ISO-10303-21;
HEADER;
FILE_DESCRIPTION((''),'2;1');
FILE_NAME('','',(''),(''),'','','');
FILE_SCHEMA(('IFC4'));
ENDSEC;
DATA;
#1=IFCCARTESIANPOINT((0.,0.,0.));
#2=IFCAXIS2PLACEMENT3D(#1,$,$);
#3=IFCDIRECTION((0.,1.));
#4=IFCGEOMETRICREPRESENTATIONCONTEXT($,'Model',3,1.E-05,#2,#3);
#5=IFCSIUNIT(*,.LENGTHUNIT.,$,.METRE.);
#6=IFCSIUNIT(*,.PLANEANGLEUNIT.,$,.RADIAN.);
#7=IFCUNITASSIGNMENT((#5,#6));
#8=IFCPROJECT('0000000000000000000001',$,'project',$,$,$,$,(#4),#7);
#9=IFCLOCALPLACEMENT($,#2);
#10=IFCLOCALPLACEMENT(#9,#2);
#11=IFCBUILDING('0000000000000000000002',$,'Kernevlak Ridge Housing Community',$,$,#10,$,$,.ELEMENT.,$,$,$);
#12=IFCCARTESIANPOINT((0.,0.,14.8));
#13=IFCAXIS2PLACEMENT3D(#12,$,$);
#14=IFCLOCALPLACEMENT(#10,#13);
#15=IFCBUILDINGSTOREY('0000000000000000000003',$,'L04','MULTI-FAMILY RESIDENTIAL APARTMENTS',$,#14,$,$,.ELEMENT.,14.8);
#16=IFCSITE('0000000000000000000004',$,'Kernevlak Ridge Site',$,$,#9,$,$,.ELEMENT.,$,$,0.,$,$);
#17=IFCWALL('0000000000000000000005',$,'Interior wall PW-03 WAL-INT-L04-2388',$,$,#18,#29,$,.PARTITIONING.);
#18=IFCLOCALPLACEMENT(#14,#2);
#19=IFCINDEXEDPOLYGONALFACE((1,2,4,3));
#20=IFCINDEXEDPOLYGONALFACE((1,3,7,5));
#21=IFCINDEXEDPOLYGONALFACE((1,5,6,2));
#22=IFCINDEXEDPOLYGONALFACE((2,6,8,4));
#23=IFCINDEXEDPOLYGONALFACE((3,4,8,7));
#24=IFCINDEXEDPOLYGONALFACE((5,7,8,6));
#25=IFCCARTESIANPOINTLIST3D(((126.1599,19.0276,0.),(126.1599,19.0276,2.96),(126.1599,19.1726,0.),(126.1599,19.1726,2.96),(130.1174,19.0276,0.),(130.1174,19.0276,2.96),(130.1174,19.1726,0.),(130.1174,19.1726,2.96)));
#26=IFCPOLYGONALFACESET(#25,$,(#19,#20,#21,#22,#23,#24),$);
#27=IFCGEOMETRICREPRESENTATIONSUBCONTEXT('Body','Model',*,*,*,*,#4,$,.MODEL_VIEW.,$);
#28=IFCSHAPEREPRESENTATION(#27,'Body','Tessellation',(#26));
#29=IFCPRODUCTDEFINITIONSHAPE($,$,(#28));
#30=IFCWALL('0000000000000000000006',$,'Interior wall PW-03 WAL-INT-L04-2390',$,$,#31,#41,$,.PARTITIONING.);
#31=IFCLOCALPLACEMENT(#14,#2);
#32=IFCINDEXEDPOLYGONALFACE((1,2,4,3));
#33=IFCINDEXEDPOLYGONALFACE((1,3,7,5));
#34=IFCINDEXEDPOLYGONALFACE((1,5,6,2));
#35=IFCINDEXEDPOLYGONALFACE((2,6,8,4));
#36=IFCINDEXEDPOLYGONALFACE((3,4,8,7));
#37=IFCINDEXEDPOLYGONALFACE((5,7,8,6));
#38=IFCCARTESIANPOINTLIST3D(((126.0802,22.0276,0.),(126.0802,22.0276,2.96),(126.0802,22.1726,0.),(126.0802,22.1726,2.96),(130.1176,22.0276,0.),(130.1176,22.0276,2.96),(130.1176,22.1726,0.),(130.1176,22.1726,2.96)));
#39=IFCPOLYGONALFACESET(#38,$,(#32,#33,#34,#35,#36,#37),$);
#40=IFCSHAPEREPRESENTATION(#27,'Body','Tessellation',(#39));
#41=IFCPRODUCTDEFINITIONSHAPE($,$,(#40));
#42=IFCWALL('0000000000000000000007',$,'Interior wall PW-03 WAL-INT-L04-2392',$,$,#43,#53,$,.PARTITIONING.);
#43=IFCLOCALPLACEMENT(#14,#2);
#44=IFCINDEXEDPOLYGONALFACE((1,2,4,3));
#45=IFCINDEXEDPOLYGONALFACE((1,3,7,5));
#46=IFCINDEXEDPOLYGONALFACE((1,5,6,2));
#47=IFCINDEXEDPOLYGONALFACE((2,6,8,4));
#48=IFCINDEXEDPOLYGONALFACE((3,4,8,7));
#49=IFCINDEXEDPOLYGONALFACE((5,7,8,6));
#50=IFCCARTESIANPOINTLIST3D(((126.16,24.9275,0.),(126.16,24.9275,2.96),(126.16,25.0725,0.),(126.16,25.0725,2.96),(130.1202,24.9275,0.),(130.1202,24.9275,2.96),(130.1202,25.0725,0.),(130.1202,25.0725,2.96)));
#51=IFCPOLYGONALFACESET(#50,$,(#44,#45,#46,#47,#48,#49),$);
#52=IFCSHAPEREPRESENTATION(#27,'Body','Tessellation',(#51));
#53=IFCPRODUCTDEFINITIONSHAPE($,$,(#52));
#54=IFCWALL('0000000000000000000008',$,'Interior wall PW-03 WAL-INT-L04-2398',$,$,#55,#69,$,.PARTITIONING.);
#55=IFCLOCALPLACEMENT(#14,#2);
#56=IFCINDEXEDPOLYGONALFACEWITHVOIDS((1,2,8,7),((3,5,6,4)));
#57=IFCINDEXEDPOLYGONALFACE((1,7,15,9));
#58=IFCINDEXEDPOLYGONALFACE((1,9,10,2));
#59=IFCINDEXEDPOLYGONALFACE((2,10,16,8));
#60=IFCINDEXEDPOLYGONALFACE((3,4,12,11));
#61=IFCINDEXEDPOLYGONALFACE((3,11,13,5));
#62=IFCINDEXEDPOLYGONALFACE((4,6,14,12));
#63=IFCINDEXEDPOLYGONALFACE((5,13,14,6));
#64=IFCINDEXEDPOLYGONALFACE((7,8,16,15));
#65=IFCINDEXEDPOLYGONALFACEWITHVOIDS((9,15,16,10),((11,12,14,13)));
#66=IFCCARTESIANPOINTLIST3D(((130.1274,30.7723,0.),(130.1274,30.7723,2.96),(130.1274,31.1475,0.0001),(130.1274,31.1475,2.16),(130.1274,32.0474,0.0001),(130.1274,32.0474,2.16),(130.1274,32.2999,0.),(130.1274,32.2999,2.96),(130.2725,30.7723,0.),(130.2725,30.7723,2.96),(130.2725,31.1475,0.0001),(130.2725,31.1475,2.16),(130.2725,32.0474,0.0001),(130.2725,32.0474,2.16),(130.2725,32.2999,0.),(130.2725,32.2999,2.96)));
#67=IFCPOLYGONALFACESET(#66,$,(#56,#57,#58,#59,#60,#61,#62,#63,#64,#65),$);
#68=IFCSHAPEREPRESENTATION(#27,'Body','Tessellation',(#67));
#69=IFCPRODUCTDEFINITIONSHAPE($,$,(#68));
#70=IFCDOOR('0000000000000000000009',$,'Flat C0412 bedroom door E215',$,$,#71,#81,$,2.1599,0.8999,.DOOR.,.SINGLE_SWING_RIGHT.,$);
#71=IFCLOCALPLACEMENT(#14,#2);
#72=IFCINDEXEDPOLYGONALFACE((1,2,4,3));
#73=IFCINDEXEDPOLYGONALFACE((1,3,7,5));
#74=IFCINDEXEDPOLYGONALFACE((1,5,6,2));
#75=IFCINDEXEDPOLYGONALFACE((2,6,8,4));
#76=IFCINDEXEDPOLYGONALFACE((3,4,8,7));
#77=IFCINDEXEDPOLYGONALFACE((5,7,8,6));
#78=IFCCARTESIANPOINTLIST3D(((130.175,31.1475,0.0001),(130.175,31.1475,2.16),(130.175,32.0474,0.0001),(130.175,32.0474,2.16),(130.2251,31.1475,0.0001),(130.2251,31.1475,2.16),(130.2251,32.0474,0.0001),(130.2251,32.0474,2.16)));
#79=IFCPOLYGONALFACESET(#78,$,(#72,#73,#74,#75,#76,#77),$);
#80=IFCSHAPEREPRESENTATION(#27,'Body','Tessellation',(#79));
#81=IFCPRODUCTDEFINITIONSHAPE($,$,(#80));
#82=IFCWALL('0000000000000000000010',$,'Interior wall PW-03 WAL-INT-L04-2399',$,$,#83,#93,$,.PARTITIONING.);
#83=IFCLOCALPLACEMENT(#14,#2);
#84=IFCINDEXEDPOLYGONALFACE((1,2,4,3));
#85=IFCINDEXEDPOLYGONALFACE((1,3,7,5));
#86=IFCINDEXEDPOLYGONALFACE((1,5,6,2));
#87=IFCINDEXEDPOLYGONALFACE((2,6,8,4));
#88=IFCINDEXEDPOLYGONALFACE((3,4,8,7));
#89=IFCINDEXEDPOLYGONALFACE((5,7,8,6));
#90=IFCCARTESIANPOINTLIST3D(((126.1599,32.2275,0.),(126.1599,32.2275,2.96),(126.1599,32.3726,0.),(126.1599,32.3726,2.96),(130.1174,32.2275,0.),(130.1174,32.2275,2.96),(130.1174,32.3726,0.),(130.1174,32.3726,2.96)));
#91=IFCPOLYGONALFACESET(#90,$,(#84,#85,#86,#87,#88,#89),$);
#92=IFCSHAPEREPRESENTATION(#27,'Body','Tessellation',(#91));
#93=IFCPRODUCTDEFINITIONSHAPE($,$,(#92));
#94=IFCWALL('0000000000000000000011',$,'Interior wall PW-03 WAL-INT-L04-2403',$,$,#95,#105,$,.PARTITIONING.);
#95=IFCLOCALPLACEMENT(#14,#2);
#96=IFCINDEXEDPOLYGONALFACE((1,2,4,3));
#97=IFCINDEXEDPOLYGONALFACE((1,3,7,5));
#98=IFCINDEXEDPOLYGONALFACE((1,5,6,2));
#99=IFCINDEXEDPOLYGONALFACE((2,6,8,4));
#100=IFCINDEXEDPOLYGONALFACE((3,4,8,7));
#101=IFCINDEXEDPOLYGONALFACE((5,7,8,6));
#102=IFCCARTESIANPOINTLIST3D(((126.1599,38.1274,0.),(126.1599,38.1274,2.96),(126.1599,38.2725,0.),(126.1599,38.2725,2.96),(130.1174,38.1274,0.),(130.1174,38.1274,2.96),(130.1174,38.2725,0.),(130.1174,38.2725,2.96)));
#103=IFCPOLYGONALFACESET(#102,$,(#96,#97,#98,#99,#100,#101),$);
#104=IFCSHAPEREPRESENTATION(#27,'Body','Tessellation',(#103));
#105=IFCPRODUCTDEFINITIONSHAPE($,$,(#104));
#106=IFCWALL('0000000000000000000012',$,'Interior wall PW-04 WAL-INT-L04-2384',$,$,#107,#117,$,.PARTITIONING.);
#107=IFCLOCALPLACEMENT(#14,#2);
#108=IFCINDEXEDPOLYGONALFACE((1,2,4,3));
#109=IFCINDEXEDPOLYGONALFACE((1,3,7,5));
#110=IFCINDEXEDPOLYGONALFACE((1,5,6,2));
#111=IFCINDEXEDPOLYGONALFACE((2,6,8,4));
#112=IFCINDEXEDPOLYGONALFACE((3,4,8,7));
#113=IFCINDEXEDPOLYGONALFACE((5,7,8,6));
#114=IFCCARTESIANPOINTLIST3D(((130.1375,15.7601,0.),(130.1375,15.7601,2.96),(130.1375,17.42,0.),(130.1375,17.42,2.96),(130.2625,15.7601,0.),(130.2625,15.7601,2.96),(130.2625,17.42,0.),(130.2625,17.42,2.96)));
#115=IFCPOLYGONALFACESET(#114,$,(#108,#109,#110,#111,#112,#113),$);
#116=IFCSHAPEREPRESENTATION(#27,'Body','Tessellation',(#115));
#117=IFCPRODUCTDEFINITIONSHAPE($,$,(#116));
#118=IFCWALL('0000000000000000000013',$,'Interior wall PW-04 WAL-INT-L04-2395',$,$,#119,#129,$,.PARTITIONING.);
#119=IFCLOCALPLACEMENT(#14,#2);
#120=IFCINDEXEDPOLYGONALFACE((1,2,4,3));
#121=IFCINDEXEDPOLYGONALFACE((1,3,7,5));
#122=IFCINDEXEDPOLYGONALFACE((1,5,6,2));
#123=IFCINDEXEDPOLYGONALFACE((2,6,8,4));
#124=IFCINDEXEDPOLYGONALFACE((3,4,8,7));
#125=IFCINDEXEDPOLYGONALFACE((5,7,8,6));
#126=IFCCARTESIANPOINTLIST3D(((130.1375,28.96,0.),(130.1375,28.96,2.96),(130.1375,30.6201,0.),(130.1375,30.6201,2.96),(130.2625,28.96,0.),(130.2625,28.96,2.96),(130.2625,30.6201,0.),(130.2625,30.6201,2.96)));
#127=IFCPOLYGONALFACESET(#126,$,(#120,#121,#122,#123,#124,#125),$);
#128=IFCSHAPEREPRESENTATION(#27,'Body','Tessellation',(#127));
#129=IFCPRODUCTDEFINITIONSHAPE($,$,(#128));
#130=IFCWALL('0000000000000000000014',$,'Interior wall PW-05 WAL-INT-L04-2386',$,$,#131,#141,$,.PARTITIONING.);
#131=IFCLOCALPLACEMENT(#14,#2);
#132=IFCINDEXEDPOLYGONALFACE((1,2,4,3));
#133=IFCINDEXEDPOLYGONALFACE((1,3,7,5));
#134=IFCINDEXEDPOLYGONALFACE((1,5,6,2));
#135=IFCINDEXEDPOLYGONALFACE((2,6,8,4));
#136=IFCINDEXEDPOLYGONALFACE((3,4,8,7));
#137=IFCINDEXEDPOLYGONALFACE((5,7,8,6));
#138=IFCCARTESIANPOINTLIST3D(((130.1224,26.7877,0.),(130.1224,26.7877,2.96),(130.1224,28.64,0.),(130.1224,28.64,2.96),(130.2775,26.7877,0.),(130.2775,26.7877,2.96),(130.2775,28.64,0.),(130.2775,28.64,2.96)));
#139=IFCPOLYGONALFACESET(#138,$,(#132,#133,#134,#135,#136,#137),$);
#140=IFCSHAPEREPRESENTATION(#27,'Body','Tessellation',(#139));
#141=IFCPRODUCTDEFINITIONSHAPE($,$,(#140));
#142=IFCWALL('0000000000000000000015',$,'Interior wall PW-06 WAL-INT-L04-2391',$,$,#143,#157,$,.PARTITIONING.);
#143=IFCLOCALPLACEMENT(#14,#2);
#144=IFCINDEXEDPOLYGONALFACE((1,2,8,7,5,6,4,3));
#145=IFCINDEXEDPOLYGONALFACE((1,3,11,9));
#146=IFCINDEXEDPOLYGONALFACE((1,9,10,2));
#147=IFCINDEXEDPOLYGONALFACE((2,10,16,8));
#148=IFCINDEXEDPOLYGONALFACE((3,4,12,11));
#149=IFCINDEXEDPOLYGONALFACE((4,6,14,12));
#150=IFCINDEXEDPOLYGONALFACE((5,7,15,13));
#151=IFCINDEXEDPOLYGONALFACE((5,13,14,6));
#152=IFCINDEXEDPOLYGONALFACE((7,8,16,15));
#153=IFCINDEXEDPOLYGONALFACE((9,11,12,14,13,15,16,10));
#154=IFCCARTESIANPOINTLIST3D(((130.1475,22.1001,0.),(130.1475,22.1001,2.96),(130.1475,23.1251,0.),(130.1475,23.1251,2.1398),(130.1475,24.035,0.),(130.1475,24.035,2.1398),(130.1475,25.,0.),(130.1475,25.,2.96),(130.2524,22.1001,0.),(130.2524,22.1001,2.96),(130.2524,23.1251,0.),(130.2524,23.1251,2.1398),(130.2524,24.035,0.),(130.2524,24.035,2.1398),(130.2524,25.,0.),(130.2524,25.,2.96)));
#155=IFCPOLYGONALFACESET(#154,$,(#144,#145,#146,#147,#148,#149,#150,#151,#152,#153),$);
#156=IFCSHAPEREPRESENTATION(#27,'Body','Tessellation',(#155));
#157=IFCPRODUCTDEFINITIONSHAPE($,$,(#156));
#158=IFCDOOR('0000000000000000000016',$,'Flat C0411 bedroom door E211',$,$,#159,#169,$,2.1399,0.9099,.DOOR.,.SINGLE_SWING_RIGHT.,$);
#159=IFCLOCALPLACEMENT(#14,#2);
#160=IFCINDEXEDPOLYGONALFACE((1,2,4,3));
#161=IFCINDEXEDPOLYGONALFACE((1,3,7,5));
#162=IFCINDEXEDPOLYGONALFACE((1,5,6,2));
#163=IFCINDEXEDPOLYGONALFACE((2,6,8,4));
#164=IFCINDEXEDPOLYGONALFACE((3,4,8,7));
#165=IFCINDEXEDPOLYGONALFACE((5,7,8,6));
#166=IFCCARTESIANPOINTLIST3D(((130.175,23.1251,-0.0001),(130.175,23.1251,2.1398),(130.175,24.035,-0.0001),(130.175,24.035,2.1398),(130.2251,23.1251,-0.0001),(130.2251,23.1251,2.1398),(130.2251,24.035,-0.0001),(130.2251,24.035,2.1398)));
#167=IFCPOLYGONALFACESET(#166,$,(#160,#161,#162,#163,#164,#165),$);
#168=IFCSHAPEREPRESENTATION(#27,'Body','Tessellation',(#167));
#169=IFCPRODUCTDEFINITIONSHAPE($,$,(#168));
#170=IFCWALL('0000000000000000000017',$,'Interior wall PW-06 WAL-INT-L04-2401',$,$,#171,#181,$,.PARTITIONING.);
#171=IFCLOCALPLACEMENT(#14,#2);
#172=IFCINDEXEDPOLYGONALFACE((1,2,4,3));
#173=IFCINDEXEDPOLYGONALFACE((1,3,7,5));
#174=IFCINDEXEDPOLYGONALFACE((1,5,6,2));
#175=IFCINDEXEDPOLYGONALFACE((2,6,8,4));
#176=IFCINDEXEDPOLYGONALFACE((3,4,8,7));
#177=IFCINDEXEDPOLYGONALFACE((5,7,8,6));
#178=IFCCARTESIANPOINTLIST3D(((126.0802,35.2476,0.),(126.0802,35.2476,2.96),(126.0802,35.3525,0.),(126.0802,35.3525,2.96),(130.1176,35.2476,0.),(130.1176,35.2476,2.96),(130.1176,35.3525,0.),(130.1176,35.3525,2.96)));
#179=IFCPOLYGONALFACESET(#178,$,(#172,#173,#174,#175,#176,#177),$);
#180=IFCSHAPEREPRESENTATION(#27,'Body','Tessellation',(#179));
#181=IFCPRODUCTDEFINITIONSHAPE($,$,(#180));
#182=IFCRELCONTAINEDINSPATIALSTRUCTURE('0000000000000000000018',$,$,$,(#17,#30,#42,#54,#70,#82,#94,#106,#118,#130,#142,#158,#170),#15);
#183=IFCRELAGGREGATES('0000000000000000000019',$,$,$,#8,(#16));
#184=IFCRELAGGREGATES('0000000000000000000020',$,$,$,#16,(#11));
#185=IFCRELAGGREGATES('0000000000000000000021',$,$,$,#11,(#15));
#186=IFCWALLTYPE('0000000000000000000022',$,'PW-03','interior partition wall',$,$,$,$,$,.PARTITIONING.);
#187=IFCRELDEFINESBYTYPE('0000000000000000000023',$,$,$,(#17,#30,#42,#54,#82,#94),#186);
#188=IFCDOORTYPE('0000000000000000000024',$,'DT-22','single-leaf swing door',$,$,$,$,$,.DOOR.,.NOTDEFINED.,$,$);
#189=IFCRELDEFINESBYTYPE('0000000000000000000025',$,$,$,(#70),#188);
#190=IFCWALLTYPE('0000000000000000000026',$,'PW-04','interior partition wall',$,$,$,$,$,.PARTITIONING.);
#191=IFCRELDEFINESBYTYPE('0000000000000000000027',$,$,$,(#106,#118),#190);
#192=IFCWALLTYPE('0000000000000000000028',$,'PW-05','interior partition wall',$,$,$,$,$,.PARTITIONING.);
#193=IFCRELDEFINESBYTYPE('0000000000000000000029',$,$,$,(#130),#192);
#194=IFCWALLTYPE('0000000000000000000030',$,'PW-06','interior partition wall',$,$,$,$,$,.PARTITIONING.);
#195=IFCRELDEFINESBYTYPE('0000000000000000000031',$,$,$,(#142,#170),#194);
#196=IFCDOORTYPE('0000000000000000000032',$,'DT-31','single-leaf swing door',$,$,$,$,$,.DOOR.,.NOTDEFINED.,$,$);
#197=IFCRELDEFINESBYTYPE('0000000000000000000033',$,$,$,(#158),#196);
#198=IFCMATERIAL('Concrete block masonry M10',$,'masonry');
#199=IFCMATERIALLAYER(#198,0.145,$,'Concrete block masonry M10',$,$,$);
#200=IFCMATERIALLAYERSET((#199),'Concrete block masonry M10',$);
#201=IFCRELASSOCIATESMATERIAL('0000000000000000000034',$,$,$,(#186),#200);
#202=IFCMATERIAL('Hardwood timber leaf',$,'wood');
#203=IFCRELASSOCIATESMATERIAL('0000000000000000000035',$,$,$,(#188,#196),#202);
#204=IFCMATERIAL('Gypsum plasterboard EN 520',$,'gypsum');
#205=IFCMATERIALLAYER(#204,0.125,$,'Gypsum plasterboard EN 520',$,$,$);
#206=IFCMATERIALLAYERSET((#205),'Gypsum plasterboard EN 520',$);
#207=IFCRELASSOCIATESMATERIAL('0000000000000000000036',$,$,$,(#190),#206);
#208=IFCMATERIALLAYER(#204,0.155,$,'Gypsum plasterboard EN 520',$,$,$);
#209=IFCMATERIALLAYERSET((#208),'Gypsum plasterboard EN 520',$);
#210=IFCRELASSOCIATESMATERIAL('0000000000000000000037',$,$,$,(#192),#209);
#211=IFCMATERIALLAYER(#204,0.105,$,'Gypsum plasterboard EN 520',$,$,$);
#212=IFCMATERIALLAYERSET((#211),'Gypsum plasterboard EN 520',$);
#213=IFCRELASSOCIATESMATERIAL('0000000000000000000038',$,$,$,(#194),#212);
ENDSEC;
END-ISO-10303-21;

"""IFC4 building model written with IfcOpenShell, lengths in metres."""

from ifc_helpers import new_model, si_unit, direction, frame, frame_2d, origin, place, context, subcontext, project, spatial, rectangle, extrude, material, layer, layer_set, type_object, element, fill, save


model = new_model("IFC4")

# Units and contexts
model_context = context("Model", 3, precision=1e-05, world=origin(), true_north=direction((0.0, 1.0)))
body_context = subcontext(model_context, "Body", "Model", "MODEL_VIEW")
ifc_project = project(units=[si_unit("LENGTHUNIT", "METRE"), si_unit("PLANEANGLEUNIT", "RADIAN")], contexts=[model_context])

# Site, building, storey
site_placement = place(None, origin())
site = spatial("IfcSite", under=ifc_project, at=site_placement, Name="Kernevlak Ridge Site", CompositionType="ELEMENT", RefElevation=0.0)
building_placement = place(site_placement, origin())
building = spatial("IfcBuilding", under=site, at=building_placement, Name="Kernevlak Ridge Housing Community", CompositionType="ELEMENT")
storey_placement = place(building_placement, frame((0.0, 0.0, 14.8)))
storey = spatial("IfcBuildingStorey", under=building, at=storey_placement, Name="L04", Description="MULTI-FAMILY RESIDENTIAL APARTMENTS", CompositionType="ELEMENT", Elevation=14.8)

# Shared definitions
ifc_material_1 = material(Name="Concrete block masonry M10", Category="masonry")

# Shared definitions
ifc_layer_1 = layer(ifc_material_1, 0.145, Name="Concrete block masonry M10")
ifc_layer_set_1 = layer_set([ifc_layer_1], Name="Concrete block masonry M10")
wall_type_1 = type_object("IfcWallType", Name="PW-03", Description="interior partition wall", PredefinedType="PARTITIONING", material=ifc_layer_set_1)

# Shared definitions
ifc_material_2 = material(Name="Hardwood timber leaf", Category="wood")

# Wall
wall_1_placement = place(storey_placement, frame((130.1174, 19.1001, 0.0), z_axis=(0.0, 0.0, 1.0), x_axis=(-1.0, 0.0, 0.0)))
element("IfcWall", 1, at=wall_1_placement, inside=storey, type_object=wall_type_1, Name="Interior wall PW-03 WAL-INT-L04-2388", PredefinedType="PARTITIONING", context=body_context, shape_type="SweptSolid", body=[
    extrude(rectangle(XDim=3.9575, YDim=0.145, at=frame_2d((1.9788, 0.0))), origin(), (0.0, 0.0, 1.0), 2.96),
])

# Walls
wall_2_placement = place(storey_placement, frame((130.1174, 22.1001, 0.0), z_axis=(0.0, 0.0, 1.0), x_axis=(-1.0, 0.0, 0.0)))
element("IfcWall", 2, at=wall_2_placement, inside=storey, type_object=wall_type_1, Name="Interior wall PW-03 WAL-INT-L04-2390", PredefinedType="PARTITIONING", context=body_context, shape_type="SweptSolid", body=[
    extrude(rectangle(XDim=4.0374, YDim=0.145, at=frame_2d((2.0186, 0.0))), origin(), (0.0, 0.0, 1.0), 2.96),
])
wall_3_placement = place(storey_placement, frame((130.1201, 25.0, 0.0), z_axis=(0.0, 0.0, 1.0), x_axis=(-1.0, 0.0, 0.0)))
element("IfcWall", 3, at=wall_3_placement, inside=storey, type_object=wall_type_1, Name="Interior wall PW-03 WAL-INT-L04-2392", PredefinedType="PARTITIONING", context=body_context, shape_type="SweptSolid", body=[
    extrude(rectangle(XDim=3.9602, YDim=0.145, at=frame_2d((1.98, 0.0))), origin(), (0.0, 0.0, 1.0), 2.96),
])

# Wall, opening, door
wall_4_placement = place(storey_placement, frame((130.2, 30.7725, 0.0), z_axis=(0.0, 0.0, 1.0), x_axis=(0.0, 1.0, 0.0)))
wall_4 = element("IfcWall", 4, at=wall_4_placement, inside=storey, type_object=wall_type_1, Name="Interior wall PW-03 WAL-INT-L04-2398", PredefinedType="PARTITIONING", context=body_context, shape_type="SweptSolid", body=[
    extrude(rectangle(XDim=1.5276, YDim=0.145, at=frame_2d((0.7637, 0.0))), origin(), (0.0, 0.0, 1.0), 2.96),
])
opening_1_placement = place(wall_4_placement, frame((0.375, 0.0, 0.0)))
opening_1 = element("IfcOpeningElement", 5, at=opening_1_placement, cuts=wall_4, PredefinedType="OPENING", context=body_context, shape_type="SweptSolid", body=[
    extrude(rectangle(XDim=0.8999, YDim=2.1599, at=frame_2d((0.45, 1.0801))), frame((0.0, 0.0825, 0.0), z_axis=(0.0, -1.0, 0.0), x_axis=(1.0, 0.0, 0.0)), (0.0, 0.0, 1.0), 0.165),
])
door_type_1 = type_object("IfcDoorType", Name="DT-22", Description="single-leaf swing door", OperationType="NOTDEFINED", PredefinedType="DOOR", material=ifc_material_2)
door_1_placement = place(opening_1_placement, origin())
door_1 = element("IfcDoor", 6, at=door_1_placement, inside=storey, type_object=door_type_1, Name="Flat C0412 bedroom door E215", OperationType="SINGLE_SWING_RIGHT", OverallHeight=2.1599, OverallWidth=0.8999, PredefinedType="DOOR", context=body_context, shape_type="SweptSolid", body=[
    extrude(rectangle(XDim=0.8999, YDim=2.1599, at=frame_2d((0.45, 1.0801))), frame((0.0, 0.0249, 0.0), z_axis=(0.0, -1.0, 0.0), x_axis=(1.0, 0.0, 0.0)), (0.0, 0.0, 1.0), 0.05),
])
fill(opening_1, door_1)

# Wall
wall_5_placement = place(storey_placement, frame((130.1174, 32.3, 0.0), z_axis=(0.0, 0.0, 1.0), x_axis=(-1.0, 0.0, 0.0)))
element("IfcWall", 7, at=wall_5_placement, inside=storey, type_object=wall_type_1, Name="Interior wall PW-03 WAL-INT-L04-2399", PredefinedType="PARTITIONING", context=body_context, shape_type="SweptSolid", body=[
    extrude(rectangle(XDim=3.9575, YDim=0.145, at=frame_2d((1.9788, 0.0))), origin(), (0.0, 0.0, 1.0), 2.96),
])

# Walls
wall_6_placement = place(storey_placement, frame((130.1174, 38.2, 0.0), z_axis=(0.0, 0.0, 1.0), x_axis=(-1.0, 0.0, 0.0)))
element("IfcWall", 8, at=wall_6_placement, inside=storey, type_object=wall_type_1, Name="Interior wall PW-03 WAL-INT-L04-2403", PredefinedType="PARTITIONING", context=body_context, shape_type="SweptSolid", body=[
    extrude(rectangle(XDim=3.9575, YDim=0.145, at=frame_2d((1.9788, 0.0))), origin(), (0.0, 0.0, 1.0), 2.96),
])
ifc_material_3 = material(Name="Gypsum plasterboard EN 520", Category="gypsum")
ifc_layer_2 = layer(ifc_material_3, 0.125, Name="Gypsum plasterboard EN 520")
ifc_layer_set_2 = layer_set([ifc_layer_2], Name="Gypsum plasterboard EN 520")
wall_type_2 = type_object("IfcWallType", Name="PW-04", Description="interior partition wall", PredefinedType="PARTITIONING", material=ifc_layer_set_2)
wall_7_placement = place(storey_placement, frame((130.2, 15.76, 0.0), z_axis=(0.0, 0.0, 1.0), x_axis=(0.0, 1.0, 0.0)))
element("IfcWall", 9, at=wall_7_placement, inside=storey, type_object=wall_type_2, Name="Interior wall PW-04 WAL-INT-L04-2384", PredefinedType="PARTITIONING", context=body_context, shape_type="SweptSolid", body=[
    extrude(rectangle(XDim=1.6599, YDim=0.125, at=frame_2d((0.8301, 0.0))), origin(), (0.0, 0.0, 1.0), 2.96),
])
wall_8_placement = place(storey_placement, frame((130.2, 28.96, 0.0), z_axis=(0.0, 0.0, 1.0), x_axis=(0.0, 1.0, 0.0)))
element("IfcWall", 10, at=wall_8_placement, inside=storey, type_object=wall_type_2, Name="Interior wall PW-04 WAL-INT-L04-2395", PredefinedType="PARTITIONING", context=body_context, shape_type="SweptSolid", body=[
    extrude(rectangle(XDim=1.6602, YDim=0.125, at=frame_2d((0.8301, 0.0))), origin(), (0.0, 0.0, 1.0), 2.96),
])
ifc_layer_3 = layer(ifc_material_3, 0.155, Name="Gypsum plasterboard EN 520")
ifc_layer_set_3 = layer_set([ifc_layer_3], Name="Gypsum plasterboard EN 520")
wall_type_3 = type_object("IfcWallType", Name="PW-05", Description="interior partition wall", PredefinedType="PARTITIONING", material=ifc_layer_set_3)
wall_9_placement = place(storey_placement, frame((130.2, 26.7876, 0.0), z_axis=(0.0, 0.0, 1.0), x_axis=(0.0, 1.0, 0.0)))
element("IfcWall", 11, at=wall_9_placement, inside=storey, type_object=wall_type_3, Name="Interior wall PW-05 WAL-INT-L04-2386", PredefinedType="PARTITIONING", context=body_context, shape_type="SweptSolid", body=[
    extrude(rectangle(XDim=1.8523, YDim=0.155, at=frame_2d((0.9263, 0.0))), origin(), (0.0, 0.0, 1.0), 2.96),
])

# Wall, opening, door
ifc_layer_4 = layer(ifc_material_3, 0.105, Name="Gypsum plasterboard EN 520")
ifc_layer_set_4 = layer_set([ifc_layer_4], Name="Gypsum plasterboard EN 520")
wall_type_4 = type_object("IfcWallType", Name="PW-06", Description="interior partition wall", PredefinedType="PARTITIONING", material=ifc_layer_set_4)
wall_10_placement = place(storey_placement, frame((130.2, 22.1001, 0.0), z_axis=(0.0, 0.0, 1.0), x_axis=(0.0, 1.0, 0.0)))
wall_10 = element("IfcWall", 12, at=wall_10_placement, inside=storey, type_object=wall_type_4, Name="Interior wall PW-06 WAL-INT-L04-2391", PredefinedType="PARTITIONING", context=body_context, shape_type="SweptSolid", body=[
    extrude(rectangle(XDim=2.8999, YDim=0.105, at=frame_2d((1.45, 0.0))), origin(), (0.0, 0.0, 1.0), 2.96),
])
opening_2_placement = place(wall_10_placement, frame((1.0249, 0.0, 0.0)))
opening_2 = element("IfcOpeningElement", 13, at=opening_2_placement, cuts=wall_10, PredefinedType="OPENING", context=body_context, shape_type="SweptSolid", body=[
    extrude(rectangle(XDim=0.9099, YDim=2.1399, at=frame_2d((0.4551, 1.0698))), frame((0.0, 0.0625, 0.0), z_axis=(0.0, -1.0, 0.0), x_axis=(1.0, 0.0, 0.0)), (0.0, 0.0, 1.0), 0.125),
])
door_type_2 = type_object("IfcDoorType", Name="DT-31", Description="single-leaf swing door", OperationType="NOTDEFINED", PredefinedType="DOOR", material=ifc_material_2)
door_2_placement = place(opening_2_placement, origin())
door_2 = element("IfcDoor", 14, at=door_2_placement, inside=storey, type_object=door_type_2, Name="Flat C0411 bedroom door E211", OperationType="SINGLE_SWING_RIGHT", OverallHeight=2.1399, OverallWidth=0.9099, PredefinedType="DOOR", context=body_context, shape_type="SweptSolid", body=[
    extrude(rectangle(XDim=0.9099, YDim=2.1399, at=frame_2d((0.4551, 1.0698))), frame((0.0, 0.0249, 0.0), z_axis=(0.0, -1.0, 0.0), x_axis=(1.0, 0.0, 0.0)), (0.0, 0.0, 1.0), 0.05),
])
fill(opening_2, door_2)

# Wall
wall_11_placement = place(storey_placement, frame((130.1174, 35.3, 0.0), z_axis=(0.0, 0.0, 1.0), x_axis=(-1.0, 0.0, 0.0)))
element("IfcWall", 15, at=wall_11_placement, inside=storey, type_object=wall_type_4, Name="Interior wall PW-06 WAL-INT-L04-2401", PredefinedType="PARTITIONING", context=body_context, shape_type="SweptSolid", body=[
    extrude(rectangle(XDim=4.0374, YDim=0.105, at=frame_2d((2.0186, 0.0))), origin(), (0.0, 0.0, 1.0), 2.96),
])

save(model, "model.ifc")
